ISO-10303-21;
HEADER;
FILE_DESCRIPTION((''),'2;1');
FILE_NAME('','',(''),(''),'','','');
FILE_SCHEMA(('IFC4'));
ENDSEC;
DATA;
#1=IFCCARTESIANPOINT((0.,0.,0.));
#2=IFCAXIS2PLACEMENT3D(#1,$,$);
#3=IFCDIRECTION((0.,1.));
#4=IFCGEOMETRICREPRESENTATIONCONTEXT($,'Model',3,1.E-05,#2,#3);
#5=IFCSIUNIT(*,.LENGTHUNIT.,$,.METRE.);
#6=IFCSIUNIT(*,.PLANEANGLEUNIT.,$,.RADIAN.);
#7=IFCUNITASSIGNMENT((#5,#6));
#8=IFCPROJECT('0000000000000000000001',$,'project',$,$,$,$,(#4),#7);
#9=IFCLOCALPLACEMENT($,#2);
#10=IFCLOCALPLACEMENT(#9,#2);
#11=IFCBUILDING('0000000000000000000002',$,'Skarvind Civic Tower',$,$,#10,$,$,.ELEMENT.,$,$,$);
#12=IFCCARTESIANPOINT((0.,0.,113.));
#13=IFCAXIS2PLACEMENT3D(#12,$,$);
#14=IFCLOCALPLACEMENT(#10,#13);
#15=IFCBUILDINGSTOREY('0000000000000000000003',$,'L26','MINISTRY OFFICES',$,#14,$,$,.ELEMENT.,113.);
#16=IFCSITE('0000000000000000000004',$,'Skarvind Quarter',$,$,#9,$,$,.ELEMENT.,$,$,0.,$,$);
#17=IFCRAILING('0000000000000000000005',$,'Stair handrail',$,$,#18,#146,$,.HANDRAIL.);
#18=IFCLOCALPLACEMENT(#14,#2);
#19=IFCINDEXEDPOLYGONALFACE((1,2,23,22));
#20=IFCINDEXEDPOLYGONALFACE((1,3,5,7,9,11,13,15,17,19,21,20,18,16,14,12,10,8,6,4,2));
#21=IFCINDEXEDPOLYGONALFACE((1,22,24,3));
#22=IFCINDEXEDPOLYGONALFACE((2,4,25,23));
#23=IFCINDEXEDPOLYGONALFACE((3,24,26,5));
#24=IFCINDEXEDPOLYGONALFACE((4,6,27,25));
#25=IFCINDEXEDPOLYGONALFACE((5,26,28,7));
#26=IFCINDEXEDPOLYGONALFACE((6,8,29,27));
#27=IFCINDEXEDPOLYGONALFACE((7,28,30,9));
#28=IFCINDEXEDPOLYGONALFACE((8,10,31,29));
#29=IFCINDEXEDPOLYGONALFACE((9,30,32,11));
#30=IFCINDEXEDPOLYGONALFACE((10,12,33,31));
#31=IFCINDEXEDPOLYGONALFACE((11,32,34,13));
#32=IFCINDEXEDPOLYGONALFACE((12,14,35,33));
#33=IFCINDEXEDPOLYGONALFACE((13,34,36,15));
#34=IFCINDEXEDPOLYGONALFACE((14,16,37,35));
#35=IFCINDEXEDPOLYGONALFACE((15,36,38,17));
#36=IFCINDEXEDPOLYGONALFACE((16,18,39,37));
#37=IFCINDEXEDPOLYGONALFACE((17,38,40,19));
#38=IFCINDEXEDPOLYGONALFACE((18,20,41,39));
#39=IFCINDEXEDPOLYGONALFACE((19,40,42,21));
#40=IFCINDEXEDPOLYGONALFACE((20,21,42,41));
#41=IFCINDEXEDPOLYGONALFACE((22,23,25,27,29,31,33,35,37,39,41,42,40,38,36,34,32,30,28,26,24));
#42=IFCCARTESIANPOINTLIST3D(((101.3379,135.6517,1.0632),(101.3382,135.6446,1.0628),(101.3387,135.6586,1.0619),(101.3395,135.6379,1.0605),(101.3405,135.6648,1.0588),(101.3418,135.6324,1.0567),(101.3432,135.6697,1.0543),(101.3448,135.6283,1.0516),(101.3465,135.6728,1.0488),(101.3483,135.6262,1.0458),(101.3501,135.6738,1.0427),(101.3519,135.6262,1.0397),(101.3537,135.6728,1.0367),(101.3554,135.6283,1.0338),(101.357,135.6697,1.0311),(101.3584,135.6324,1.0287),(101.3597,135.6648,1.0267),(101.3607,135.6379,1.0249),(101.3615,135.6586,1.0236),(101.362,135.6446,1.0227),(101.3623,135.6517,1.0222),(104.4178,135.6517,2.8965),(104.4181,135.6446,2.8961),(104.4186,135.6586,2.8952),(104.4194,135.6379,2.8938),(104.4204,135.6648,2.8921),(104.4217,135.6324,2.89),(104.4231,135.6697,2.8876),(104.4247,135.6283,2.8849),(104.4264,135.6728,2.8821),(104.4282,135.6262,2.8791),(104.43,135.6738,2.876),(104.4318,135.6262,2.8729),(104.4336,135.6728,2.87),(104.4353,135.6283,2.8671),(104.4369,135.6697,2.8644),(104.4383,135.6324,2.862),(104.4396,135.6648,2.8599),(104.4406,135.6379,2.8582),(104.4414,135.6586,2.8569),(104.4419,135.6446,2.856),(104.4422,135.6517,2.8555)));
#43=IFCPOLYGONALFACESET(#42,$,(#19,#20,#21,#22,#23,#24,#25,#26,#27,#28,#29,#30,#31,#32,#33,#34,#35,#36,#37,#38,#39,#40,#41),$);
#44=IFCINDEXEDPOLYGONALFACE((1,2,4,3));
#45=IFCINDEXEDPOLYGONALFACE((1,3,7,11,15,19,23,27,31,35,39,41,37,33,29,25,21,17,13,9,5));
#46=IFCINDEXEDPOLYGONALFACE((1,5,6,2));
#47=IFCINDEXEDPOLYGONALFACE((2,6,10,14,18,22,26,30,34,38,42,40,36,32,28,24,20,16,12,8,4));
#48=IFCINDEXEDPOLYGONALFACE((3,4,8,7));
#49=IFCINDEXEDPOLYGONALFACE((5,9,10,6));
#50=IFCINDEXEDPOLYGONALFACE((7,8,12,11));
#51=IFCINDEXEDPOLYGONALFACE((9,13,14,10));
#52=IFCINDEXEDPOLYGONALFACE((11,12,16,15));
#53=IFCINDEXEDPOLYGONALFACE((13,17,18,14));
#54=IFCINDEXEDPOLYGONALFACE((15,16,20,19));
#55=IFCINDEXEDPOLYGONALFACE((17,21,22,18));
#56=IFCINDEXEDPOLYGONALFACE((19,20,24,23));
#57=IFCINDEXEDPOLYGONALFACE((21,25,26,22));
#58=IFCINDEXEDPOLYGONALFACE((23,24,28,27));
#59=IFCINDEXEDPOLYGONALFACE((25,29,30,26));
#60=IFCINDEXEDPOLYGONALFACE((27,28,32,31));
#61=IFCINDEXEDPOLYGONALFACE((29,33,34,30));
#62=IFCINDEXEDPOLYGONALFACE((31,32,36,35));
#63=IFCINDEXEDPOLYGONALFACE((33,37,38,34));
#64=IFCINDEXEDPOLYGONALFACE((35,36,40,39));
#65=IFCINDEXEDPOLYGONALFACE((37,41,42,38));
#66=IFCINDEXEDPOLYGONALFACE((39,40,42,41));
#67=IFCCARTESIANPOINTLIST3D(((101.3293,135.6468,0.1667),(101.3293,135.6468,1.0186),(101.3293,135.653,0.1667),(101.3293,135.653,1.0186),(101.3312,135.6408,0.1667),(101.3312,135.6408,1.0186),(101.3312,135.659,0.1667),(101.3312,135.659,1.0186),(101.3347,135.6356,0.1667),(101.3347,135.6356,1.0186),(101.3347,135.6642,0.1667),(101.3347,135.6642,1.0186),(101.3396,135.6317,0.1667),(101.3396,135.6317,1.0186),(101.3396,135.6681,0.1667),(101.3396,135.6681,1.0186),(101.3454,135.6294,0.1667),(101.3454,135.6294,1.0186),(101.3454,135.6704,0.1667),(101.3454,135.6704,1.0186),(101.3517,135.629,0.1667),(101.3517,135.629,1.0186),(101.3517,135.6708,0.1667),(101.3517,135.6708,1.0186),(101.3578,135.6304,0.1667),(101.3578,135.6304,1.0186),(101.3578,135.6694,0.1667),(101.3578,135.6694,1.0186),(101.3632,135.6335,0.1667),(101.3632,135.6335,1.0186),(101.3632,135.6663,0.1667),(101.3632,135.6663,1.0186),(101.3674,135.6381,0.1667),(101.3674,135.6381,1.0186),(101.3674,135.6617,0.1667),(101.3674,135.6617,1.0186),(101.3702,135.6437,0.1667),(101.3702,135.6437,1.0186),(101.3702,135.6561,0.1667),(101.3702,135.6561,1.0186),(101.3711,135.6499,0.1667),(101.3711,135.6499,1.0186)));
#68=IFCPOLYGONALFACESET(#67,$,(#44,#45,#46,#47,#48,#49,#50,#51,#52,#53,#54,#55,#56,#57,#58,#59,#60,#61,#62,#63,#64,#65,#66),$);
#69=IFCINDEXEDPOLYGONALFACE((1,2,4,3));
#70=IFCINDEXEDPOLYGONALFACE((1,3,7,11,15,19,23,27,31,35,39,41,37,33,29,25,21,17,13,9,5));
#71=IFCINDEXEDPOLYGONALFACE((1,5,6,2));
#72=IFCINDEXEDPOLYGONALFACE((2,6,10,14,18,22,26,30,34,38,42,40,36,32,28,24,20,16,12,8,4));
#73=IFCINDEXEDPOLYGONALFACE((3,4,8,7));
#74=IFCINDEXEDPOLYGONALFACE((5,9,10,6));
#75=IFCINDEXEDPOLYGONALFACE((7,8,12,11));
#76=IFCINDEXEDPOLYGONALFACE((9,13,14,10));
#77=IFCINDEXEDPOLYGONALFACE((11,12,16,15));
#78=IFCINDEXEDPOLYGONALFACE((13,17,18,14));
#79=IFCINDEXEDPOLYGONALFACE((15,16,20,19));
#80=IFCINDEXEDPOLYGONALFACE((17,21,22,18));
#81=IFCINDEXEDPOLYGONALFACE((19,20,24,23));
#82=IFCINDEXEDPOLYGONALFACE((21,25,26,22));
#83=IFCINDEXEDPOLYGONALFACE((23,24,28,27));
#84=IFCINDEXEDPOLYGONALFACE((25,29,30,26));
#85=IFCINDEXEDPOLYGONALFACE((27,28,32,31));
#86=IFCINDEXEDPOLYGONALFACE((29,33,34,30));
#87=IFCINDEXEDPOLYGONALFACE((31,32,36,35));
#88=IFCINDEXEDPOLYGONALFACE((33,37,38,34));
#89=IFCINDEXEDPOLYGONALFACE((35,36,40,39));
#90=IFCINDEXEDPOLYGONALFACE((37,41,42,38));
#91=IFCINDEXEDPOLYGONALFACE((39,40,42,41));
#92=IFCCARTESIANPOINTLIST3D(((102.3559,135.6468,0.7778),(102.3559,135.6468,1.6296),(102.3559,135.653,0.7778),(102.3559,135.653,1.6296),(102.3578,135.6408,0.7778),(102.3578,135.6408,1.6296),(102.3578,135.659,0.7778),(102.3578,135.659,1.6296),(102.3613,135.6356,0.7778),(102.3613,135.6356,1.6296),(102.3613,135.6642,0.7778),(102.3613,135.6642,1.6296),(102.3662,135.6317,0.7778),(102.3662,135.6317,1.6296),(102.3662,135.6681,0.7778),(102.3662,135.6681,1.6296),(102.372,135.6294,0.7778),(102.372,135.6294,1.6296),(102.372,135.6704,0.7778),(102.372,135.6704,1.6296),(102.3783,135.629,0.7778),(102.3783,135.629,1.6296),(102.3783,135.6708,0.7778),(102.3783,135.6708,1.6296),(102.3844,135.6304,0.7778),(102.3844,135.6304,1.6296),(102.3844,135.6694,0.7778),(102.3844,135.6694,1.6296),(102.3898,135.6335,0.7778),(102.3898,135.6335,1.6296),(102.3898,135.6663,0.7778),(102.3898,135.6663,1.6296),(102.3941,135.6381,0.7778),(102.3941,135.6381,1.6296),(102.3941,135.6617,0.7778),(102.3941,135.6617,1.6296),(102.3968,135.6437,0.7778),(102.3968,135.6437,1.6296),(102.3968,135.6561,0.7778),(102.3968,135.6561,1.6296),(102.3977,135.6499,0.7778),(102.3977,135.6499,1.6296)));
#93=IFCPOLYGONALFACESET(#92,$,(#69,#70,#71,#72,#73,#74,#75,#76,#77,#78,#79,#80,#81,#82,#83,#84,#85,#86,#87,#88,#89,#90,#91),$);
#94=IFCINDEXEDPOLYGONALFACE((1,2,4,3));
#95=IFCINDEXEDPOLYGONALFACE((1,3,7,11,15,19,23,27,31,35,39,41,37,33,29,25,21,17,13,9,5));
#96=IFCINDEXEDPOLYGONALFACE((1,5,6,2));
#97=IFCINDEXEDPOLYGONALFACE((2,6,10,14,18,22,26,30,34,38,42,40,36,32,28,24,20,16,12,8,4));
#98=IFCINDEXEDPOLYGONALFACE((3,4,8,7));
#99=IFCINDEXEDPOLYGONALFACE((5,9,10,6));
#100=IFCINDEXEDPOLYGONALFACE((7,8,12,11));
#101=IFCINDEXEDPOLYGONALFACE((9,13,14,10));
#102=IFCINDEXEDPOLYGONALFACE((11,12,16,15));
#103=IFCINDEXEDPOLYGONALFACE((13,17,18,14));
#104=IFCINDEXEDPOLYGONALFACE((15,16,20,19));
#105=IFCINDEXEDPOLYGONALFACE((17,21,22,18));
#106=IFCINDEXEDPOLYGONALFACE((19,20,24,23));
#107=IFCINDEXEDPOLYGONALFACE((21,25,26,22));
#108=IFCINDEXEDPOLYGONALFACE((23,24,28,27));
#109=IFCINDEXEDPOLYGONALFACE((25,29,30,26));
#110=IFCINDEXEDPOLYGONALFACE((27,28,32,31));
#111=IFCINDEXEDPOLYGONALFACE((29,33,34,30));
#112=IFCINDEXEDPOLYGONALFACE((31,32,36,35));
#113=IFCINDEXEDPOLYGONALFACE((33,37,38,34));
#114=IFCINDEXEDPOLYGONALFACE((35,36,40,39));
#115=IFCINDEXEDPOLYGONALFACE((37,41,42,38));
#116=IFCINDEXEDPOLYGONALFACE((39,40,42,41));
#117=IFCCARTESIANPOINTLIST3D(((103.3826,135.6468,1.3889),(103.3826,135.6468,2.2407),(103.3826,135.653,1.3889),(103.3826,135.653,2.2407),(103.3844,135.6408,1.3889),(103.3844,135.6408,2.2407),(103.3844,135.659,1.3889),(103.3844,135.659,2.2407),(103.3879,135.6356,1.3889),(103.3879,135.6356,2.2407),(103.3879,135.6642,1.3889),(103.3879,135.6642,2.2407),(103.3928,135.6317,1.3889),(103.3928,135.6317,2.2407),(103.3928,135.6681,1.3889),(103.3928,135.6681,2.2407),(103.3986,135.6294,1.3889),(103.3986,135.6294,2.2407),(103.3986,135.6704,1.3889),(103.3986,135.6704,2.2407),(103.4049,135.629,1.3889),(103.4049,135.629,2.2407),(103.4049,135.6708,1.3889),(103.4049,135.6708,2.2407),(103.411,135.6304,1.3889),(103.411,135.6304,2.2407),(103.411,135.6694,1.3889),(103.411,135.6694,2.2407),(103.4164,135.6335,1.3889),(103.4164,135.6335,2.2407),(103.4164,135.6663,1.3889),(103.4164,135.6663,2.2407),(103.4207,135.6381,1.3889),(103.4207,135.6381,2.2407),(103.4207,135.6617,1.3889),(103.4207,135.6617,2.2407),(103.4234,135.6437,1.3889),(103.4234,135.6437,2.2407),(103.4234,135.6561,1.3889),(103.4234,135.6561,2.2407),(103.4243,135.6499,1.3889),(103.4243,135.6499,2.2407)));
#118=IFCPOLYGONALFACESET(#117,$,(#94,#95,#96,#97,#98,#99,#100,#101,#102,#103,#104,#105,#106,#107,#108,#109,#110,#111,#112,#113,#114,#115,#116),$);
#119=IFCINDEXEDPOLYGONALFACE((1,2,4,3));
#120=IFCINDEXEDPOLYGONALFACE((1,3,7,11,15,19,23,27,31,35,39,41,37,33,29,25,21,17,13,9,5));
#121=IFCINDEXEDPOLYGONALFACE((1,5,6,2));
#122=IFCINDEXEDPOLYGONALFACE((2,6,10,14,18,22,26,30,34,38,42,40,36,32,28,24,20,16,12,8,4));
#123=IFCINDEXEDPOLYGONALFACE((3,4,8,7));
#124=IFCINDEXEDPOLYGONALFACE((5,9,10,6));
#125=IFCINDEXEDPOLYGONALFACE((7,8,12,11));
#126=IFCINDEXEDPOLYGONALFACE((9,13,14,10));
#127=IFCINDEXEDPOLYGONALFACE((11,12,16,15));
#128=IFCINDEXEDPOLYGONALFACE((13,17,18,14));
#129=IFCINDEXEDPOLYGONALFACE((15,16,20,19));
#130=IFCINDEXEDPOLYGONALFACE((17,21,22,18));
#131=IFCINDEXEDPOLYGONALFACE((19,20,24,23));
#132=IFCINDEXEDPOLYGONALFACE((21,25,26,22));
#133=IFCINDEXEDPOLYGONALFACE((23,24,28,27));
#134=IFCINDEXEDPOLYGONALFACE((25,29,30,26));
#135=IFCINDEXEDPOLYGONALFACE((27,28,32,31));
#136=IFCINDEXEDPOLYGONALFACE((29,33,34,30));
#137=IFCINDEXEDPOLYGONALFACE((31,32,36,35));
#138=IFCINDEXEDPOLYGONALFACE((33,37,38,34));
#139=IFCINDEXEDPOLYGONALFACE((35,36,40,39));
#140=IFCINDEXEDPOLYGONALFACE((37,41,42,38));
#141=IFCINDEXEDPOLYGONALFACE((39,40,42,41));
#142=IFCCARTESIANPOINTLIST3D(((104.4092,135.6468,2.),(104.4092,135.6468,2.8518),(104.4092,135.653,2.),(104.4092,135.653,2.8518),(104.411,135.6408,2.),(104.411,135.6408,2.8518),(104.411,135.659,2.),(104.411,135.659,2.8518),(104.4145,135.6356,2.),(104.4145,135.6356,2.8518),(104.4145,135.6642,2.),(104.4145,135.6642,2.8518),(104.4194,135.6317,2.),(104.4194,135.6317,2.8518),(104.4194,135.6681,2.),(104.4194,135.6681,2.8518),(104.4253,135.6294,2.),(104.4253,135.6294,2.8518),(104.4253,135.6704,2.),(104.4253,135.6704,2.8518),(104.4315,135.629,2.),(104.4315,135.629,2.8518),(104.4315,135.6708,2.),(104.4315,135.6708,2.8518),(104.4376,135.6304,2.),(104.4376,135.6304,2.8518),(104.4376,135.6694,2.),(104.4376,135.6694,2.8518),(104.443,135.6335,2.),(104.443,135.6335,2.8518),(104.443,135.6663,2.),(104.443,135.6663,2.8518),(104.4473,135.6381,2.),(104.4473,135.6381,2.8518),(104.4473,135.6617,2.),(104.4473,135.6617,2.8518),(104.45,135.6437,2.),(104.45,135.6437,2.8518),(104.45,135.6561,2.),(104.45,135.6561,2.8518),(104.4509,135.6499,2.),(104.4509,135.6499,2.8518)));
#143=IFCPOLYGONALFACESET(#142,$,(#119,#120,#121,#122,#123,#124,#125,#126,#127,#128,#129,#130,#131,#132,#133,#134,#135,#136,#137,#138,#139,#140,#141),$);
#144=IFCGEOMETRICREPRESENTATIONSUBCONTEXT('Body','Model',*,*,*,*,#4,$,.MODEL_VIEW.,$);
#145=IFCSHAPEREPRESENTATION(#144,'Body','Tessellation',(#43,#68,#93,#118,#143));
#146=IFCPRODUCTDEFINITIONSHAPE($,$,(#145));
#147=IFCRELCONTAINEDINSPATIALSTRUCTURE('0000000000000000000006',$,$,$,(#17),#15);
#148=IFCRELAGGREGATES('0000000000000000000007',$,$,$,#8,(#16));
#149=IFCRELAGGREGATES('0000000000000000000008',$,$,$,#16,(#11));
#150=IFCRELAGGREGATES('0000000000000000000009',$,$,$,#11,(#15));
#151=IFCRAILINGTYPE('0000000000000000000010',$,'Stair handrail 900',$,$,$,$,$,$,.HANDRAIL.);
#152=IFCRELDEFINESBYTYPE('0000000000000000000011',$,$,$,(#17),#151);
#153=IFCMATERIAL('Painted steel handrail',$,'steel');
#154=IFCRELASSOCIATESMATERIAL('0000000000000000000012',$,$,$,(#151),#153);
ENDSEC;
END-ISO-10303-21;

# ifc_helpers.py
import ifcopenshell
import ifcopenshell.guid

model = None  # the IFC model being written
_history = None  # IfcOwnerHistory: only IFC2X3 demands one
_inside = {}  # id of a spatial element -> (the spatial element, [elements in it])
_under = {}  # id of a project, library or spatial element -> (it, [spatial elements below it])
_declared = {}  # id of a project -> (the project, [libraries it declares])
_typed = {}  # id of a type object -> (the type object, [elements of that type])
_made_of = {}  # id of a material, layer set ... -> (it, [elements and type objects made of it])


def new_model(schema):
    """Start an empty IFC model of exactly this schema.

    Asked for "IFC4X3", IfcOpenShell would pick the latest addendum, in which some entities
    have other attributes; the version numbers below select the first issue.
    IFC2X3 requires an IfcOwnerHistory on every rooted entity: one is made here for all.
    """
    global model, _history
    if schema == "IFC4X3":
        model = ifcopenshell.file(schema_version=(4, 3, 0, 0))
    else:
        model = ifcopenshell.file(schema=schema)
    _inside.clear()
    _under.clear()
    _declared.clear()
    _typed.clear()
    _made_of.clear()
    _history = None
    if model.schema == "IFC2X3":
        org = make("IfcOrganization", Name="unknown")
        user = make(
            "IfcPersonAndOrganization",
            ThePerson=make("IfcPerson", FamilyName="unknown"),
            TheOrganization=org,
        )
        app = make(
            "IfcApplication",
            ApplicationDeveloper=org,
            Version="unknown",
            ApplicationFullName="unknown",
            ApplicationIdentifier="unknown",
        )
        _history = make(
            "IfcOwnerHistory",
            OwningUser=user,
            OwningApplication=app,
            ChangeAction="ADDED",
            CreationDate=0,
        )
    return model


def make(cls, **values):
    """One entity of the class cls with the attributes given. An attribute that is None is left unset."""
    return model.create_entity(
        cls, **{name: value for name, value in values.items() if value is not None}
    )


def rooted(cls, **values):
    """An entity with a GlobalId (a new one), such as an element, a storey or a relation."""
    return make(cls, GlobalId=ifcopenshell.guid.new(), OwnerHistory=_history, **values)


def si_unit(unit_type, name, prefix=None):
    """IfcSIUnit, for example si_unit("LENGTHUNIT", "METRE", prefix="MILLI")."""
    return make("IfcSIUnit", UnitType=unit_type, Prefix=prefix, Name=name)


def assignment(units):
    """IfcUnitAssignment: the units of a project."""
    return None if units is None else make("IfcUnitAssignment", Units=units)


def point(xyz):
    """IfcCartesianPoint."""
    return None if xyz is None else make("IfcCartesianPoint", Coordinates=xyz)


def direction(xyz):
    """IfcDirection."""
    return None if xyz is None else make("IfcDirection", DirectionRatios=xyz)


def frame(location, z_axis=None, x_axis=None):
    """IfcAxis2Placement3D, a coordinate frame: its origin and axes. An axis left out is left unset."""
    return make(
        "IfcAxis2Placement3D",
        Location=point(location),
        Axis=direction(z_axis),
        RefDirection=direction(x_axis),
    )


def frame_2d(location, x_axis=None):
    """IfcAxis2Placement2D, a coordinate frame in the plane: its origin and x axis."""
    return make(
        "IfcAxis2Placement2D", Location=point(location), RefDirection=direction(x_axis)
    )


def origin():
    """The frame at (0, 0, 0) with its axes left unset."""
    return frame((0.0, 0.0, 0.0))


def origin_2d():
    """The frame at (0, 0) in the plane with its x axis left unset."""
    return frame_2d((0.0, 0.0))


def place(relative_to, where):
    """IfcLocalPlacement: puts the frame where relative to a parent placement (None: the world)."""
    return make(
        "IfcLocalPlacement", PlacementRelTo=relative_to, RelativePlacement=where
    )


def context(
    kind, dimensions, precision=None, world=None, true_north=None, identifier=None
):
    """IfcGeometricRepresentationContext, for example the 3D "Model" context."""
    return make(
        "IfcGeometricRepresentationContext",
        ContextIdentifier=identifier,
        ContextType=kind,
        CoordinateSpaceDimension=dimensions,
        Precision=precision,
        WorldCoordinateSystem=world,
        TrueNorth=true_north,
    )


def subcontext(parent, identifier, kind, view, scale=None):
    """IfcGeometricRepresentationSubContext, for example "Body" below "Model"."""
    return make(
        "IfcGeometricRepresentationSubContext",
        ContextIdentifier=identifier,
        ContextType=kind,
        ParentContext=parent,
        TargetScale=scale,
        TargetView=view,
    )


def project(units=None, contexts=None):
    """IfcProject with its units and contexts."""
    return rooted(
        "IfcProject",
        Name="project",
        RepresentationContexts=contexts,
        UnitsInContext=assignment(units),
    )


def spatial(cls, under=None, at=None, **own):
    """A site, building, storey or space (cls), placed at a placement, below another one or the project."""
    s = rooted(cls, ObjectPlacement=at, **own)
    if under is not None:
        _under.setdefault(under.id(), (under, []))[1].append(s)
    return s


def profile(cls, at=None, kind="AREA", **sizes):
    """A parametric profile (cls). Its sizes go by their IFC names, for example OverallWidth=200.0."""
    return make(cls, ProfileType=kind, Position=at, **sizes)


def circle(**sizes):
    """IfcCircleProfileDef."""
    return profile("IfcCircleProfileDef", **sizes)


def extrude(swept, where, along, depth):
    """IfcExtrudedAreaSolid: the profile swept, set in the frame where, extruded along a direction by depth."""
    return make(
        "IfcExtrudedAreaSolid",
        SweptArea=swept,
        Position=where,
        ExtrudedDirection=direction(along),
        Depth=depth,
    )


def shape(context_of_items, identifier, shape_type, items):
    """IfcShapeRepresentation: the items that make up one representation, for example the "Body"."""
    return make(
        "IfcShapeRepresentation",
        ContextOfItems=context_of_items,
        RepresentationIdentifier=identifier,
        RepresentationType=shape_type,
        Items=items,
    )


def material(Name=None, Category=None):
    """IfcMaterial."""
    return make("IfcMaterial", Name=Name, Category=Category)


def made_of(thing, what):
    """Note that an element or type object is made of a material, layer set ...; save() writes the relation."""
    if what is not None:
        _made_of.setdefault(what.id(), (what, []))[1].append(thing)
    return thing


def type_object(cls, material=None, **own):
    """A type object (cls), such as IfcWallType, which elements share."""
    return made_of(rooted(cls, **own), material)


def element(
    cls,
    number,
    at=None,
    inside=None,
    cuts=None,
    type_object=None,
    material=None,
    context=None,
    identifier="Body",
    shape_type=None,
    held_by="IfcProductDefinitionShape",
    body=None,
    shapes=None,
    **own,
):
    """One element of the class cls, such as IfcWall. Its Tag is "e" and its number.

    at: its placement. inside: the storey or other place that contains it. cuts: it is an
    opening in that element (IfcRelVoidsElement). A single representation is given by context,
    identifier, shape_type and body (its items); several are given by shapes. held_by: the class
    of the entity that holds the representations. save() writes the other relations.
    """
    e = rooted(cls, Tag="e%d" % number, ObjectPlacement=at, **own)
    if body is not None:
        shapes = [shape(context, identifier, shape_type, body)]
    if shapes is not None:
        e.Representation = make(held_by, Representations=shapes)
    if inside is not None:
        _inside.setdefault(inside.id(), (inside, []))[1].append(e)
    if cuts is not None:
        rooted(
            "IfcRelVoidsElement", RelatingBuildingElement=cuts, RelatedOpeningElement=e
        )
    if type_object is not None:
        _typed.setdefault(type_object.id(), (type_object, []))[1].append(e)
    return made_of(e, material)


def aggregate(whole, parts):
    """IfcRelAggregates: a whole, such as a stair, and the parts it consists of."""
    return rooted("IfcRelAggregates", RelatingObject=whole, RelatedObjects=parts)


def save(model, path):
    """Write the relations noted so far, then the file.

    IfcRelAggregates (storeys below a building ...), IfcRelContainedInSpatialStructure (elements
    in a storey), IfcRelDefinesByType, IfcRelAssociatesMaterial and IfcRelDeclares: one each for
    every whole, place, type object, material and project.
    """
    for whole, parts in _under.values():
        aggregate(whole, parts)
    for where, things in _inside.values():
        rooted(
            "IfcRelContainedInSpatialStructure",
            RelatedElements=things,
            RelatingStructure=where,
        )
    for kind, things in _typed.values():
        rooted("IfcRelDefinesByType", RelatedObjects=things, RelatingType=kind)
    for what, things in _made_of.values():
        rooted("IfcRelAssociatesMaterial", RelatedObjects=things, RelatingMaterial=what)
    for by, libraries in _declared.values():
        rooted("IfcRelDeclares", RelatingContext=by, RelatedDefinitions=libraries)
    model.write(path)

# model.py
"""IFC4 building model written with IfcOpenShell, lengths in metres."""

from ifc_helpers import new_model, si_unit, direction, frame, origin, origin_2d, place, context, subcontext, project, spatial, circle, extrude, material, type_object, element, save


model = new_model("IFC4")

# Units and contexts
model_context = context("Model", 3, precision=1e-05, world=origin(), true_north=direction((0.0, 1.0)))
body_context = subcontext(model_context, "Body", "Model", "MODEL_VIEW")
ifc_project = project(units=[si_unit("LENGTHUNIT", "METRE"), si_unit("PLANEANGLEUNIT", "RADIAN")], contexts=[model_context])

# Site, building, storey
site_placement = place(None, origin())
site = spatial("IfcSite", under=ifc_project, at=site_placement, Name="Skarvind Quarter", CompositionType="ELEMENT", RefElevation=0.0)
building_placement = place(site_placement, origin())
building = spatial("IfcBuilding", under=site, at=building_placement, Name="Skarvind Civic Tower", CompositionType="ELEMENT")
storey_placement = place(building_placement, frame((0.0, 0.0, 113.0)))
storey = spatial("IfcBuildingStorey", under=building, at=storey_placement, Name="L26", Description="MINISTRY OFFICES", CompositionType="ELEMENT", Elevation=113.0)

# Railing
ifc_material_1 = material(Name="Painted steel handrail", Category="steel")
railing_type = type_object("IfcRailingType", Name="Stair handrail 900", PredefinedType="HANDRAIL", material=ifc_material_1)
railing_1_placement = place(storey_placement, frame((101.3501, 135.6499, 0.1667)))
element("IfcRailing", 1, at=railing_1_placement, inside=storey, type_object=railing_type, Name="Stair handrail", PredefinedType="HANDRAIL", context=body_context, shape_type="SweptSolid", body=[
    extrude(circle(Radius=0.0239, at=origin_2d()), frame((0.0, 0.0, 0.876), z_axis=(0.859291, 0.0, 0.511487), x_axis=(0.0, 1.0, 0.0)), (0.0, 0.0, 1.0), 3.5842),
    extrude(circle(Radius=0.021, at=origin_2d()), origin(), (0.0, 0.0, 1.0), 0.8518),
    extrude(circle(Radius=0.021, at=origin_2d()), frame((1.0266, 0.0, 0.6111)), (0.0, 0.0, 1.0), 0.8518),
    extrude(circle(Radius=0.021, at=origin_2d()), frame((2.0532, 0.0, 1.2222)), (0.0, 0.0, 1.0), 0.8518),
    extrude(circle(Radius=0.021, at=origin_2d()), frame((3.0798, 0.0, 1.8333)), (0.0, 0.0, 1.0), 0.8518),
])

save(model, "model.ifc")
